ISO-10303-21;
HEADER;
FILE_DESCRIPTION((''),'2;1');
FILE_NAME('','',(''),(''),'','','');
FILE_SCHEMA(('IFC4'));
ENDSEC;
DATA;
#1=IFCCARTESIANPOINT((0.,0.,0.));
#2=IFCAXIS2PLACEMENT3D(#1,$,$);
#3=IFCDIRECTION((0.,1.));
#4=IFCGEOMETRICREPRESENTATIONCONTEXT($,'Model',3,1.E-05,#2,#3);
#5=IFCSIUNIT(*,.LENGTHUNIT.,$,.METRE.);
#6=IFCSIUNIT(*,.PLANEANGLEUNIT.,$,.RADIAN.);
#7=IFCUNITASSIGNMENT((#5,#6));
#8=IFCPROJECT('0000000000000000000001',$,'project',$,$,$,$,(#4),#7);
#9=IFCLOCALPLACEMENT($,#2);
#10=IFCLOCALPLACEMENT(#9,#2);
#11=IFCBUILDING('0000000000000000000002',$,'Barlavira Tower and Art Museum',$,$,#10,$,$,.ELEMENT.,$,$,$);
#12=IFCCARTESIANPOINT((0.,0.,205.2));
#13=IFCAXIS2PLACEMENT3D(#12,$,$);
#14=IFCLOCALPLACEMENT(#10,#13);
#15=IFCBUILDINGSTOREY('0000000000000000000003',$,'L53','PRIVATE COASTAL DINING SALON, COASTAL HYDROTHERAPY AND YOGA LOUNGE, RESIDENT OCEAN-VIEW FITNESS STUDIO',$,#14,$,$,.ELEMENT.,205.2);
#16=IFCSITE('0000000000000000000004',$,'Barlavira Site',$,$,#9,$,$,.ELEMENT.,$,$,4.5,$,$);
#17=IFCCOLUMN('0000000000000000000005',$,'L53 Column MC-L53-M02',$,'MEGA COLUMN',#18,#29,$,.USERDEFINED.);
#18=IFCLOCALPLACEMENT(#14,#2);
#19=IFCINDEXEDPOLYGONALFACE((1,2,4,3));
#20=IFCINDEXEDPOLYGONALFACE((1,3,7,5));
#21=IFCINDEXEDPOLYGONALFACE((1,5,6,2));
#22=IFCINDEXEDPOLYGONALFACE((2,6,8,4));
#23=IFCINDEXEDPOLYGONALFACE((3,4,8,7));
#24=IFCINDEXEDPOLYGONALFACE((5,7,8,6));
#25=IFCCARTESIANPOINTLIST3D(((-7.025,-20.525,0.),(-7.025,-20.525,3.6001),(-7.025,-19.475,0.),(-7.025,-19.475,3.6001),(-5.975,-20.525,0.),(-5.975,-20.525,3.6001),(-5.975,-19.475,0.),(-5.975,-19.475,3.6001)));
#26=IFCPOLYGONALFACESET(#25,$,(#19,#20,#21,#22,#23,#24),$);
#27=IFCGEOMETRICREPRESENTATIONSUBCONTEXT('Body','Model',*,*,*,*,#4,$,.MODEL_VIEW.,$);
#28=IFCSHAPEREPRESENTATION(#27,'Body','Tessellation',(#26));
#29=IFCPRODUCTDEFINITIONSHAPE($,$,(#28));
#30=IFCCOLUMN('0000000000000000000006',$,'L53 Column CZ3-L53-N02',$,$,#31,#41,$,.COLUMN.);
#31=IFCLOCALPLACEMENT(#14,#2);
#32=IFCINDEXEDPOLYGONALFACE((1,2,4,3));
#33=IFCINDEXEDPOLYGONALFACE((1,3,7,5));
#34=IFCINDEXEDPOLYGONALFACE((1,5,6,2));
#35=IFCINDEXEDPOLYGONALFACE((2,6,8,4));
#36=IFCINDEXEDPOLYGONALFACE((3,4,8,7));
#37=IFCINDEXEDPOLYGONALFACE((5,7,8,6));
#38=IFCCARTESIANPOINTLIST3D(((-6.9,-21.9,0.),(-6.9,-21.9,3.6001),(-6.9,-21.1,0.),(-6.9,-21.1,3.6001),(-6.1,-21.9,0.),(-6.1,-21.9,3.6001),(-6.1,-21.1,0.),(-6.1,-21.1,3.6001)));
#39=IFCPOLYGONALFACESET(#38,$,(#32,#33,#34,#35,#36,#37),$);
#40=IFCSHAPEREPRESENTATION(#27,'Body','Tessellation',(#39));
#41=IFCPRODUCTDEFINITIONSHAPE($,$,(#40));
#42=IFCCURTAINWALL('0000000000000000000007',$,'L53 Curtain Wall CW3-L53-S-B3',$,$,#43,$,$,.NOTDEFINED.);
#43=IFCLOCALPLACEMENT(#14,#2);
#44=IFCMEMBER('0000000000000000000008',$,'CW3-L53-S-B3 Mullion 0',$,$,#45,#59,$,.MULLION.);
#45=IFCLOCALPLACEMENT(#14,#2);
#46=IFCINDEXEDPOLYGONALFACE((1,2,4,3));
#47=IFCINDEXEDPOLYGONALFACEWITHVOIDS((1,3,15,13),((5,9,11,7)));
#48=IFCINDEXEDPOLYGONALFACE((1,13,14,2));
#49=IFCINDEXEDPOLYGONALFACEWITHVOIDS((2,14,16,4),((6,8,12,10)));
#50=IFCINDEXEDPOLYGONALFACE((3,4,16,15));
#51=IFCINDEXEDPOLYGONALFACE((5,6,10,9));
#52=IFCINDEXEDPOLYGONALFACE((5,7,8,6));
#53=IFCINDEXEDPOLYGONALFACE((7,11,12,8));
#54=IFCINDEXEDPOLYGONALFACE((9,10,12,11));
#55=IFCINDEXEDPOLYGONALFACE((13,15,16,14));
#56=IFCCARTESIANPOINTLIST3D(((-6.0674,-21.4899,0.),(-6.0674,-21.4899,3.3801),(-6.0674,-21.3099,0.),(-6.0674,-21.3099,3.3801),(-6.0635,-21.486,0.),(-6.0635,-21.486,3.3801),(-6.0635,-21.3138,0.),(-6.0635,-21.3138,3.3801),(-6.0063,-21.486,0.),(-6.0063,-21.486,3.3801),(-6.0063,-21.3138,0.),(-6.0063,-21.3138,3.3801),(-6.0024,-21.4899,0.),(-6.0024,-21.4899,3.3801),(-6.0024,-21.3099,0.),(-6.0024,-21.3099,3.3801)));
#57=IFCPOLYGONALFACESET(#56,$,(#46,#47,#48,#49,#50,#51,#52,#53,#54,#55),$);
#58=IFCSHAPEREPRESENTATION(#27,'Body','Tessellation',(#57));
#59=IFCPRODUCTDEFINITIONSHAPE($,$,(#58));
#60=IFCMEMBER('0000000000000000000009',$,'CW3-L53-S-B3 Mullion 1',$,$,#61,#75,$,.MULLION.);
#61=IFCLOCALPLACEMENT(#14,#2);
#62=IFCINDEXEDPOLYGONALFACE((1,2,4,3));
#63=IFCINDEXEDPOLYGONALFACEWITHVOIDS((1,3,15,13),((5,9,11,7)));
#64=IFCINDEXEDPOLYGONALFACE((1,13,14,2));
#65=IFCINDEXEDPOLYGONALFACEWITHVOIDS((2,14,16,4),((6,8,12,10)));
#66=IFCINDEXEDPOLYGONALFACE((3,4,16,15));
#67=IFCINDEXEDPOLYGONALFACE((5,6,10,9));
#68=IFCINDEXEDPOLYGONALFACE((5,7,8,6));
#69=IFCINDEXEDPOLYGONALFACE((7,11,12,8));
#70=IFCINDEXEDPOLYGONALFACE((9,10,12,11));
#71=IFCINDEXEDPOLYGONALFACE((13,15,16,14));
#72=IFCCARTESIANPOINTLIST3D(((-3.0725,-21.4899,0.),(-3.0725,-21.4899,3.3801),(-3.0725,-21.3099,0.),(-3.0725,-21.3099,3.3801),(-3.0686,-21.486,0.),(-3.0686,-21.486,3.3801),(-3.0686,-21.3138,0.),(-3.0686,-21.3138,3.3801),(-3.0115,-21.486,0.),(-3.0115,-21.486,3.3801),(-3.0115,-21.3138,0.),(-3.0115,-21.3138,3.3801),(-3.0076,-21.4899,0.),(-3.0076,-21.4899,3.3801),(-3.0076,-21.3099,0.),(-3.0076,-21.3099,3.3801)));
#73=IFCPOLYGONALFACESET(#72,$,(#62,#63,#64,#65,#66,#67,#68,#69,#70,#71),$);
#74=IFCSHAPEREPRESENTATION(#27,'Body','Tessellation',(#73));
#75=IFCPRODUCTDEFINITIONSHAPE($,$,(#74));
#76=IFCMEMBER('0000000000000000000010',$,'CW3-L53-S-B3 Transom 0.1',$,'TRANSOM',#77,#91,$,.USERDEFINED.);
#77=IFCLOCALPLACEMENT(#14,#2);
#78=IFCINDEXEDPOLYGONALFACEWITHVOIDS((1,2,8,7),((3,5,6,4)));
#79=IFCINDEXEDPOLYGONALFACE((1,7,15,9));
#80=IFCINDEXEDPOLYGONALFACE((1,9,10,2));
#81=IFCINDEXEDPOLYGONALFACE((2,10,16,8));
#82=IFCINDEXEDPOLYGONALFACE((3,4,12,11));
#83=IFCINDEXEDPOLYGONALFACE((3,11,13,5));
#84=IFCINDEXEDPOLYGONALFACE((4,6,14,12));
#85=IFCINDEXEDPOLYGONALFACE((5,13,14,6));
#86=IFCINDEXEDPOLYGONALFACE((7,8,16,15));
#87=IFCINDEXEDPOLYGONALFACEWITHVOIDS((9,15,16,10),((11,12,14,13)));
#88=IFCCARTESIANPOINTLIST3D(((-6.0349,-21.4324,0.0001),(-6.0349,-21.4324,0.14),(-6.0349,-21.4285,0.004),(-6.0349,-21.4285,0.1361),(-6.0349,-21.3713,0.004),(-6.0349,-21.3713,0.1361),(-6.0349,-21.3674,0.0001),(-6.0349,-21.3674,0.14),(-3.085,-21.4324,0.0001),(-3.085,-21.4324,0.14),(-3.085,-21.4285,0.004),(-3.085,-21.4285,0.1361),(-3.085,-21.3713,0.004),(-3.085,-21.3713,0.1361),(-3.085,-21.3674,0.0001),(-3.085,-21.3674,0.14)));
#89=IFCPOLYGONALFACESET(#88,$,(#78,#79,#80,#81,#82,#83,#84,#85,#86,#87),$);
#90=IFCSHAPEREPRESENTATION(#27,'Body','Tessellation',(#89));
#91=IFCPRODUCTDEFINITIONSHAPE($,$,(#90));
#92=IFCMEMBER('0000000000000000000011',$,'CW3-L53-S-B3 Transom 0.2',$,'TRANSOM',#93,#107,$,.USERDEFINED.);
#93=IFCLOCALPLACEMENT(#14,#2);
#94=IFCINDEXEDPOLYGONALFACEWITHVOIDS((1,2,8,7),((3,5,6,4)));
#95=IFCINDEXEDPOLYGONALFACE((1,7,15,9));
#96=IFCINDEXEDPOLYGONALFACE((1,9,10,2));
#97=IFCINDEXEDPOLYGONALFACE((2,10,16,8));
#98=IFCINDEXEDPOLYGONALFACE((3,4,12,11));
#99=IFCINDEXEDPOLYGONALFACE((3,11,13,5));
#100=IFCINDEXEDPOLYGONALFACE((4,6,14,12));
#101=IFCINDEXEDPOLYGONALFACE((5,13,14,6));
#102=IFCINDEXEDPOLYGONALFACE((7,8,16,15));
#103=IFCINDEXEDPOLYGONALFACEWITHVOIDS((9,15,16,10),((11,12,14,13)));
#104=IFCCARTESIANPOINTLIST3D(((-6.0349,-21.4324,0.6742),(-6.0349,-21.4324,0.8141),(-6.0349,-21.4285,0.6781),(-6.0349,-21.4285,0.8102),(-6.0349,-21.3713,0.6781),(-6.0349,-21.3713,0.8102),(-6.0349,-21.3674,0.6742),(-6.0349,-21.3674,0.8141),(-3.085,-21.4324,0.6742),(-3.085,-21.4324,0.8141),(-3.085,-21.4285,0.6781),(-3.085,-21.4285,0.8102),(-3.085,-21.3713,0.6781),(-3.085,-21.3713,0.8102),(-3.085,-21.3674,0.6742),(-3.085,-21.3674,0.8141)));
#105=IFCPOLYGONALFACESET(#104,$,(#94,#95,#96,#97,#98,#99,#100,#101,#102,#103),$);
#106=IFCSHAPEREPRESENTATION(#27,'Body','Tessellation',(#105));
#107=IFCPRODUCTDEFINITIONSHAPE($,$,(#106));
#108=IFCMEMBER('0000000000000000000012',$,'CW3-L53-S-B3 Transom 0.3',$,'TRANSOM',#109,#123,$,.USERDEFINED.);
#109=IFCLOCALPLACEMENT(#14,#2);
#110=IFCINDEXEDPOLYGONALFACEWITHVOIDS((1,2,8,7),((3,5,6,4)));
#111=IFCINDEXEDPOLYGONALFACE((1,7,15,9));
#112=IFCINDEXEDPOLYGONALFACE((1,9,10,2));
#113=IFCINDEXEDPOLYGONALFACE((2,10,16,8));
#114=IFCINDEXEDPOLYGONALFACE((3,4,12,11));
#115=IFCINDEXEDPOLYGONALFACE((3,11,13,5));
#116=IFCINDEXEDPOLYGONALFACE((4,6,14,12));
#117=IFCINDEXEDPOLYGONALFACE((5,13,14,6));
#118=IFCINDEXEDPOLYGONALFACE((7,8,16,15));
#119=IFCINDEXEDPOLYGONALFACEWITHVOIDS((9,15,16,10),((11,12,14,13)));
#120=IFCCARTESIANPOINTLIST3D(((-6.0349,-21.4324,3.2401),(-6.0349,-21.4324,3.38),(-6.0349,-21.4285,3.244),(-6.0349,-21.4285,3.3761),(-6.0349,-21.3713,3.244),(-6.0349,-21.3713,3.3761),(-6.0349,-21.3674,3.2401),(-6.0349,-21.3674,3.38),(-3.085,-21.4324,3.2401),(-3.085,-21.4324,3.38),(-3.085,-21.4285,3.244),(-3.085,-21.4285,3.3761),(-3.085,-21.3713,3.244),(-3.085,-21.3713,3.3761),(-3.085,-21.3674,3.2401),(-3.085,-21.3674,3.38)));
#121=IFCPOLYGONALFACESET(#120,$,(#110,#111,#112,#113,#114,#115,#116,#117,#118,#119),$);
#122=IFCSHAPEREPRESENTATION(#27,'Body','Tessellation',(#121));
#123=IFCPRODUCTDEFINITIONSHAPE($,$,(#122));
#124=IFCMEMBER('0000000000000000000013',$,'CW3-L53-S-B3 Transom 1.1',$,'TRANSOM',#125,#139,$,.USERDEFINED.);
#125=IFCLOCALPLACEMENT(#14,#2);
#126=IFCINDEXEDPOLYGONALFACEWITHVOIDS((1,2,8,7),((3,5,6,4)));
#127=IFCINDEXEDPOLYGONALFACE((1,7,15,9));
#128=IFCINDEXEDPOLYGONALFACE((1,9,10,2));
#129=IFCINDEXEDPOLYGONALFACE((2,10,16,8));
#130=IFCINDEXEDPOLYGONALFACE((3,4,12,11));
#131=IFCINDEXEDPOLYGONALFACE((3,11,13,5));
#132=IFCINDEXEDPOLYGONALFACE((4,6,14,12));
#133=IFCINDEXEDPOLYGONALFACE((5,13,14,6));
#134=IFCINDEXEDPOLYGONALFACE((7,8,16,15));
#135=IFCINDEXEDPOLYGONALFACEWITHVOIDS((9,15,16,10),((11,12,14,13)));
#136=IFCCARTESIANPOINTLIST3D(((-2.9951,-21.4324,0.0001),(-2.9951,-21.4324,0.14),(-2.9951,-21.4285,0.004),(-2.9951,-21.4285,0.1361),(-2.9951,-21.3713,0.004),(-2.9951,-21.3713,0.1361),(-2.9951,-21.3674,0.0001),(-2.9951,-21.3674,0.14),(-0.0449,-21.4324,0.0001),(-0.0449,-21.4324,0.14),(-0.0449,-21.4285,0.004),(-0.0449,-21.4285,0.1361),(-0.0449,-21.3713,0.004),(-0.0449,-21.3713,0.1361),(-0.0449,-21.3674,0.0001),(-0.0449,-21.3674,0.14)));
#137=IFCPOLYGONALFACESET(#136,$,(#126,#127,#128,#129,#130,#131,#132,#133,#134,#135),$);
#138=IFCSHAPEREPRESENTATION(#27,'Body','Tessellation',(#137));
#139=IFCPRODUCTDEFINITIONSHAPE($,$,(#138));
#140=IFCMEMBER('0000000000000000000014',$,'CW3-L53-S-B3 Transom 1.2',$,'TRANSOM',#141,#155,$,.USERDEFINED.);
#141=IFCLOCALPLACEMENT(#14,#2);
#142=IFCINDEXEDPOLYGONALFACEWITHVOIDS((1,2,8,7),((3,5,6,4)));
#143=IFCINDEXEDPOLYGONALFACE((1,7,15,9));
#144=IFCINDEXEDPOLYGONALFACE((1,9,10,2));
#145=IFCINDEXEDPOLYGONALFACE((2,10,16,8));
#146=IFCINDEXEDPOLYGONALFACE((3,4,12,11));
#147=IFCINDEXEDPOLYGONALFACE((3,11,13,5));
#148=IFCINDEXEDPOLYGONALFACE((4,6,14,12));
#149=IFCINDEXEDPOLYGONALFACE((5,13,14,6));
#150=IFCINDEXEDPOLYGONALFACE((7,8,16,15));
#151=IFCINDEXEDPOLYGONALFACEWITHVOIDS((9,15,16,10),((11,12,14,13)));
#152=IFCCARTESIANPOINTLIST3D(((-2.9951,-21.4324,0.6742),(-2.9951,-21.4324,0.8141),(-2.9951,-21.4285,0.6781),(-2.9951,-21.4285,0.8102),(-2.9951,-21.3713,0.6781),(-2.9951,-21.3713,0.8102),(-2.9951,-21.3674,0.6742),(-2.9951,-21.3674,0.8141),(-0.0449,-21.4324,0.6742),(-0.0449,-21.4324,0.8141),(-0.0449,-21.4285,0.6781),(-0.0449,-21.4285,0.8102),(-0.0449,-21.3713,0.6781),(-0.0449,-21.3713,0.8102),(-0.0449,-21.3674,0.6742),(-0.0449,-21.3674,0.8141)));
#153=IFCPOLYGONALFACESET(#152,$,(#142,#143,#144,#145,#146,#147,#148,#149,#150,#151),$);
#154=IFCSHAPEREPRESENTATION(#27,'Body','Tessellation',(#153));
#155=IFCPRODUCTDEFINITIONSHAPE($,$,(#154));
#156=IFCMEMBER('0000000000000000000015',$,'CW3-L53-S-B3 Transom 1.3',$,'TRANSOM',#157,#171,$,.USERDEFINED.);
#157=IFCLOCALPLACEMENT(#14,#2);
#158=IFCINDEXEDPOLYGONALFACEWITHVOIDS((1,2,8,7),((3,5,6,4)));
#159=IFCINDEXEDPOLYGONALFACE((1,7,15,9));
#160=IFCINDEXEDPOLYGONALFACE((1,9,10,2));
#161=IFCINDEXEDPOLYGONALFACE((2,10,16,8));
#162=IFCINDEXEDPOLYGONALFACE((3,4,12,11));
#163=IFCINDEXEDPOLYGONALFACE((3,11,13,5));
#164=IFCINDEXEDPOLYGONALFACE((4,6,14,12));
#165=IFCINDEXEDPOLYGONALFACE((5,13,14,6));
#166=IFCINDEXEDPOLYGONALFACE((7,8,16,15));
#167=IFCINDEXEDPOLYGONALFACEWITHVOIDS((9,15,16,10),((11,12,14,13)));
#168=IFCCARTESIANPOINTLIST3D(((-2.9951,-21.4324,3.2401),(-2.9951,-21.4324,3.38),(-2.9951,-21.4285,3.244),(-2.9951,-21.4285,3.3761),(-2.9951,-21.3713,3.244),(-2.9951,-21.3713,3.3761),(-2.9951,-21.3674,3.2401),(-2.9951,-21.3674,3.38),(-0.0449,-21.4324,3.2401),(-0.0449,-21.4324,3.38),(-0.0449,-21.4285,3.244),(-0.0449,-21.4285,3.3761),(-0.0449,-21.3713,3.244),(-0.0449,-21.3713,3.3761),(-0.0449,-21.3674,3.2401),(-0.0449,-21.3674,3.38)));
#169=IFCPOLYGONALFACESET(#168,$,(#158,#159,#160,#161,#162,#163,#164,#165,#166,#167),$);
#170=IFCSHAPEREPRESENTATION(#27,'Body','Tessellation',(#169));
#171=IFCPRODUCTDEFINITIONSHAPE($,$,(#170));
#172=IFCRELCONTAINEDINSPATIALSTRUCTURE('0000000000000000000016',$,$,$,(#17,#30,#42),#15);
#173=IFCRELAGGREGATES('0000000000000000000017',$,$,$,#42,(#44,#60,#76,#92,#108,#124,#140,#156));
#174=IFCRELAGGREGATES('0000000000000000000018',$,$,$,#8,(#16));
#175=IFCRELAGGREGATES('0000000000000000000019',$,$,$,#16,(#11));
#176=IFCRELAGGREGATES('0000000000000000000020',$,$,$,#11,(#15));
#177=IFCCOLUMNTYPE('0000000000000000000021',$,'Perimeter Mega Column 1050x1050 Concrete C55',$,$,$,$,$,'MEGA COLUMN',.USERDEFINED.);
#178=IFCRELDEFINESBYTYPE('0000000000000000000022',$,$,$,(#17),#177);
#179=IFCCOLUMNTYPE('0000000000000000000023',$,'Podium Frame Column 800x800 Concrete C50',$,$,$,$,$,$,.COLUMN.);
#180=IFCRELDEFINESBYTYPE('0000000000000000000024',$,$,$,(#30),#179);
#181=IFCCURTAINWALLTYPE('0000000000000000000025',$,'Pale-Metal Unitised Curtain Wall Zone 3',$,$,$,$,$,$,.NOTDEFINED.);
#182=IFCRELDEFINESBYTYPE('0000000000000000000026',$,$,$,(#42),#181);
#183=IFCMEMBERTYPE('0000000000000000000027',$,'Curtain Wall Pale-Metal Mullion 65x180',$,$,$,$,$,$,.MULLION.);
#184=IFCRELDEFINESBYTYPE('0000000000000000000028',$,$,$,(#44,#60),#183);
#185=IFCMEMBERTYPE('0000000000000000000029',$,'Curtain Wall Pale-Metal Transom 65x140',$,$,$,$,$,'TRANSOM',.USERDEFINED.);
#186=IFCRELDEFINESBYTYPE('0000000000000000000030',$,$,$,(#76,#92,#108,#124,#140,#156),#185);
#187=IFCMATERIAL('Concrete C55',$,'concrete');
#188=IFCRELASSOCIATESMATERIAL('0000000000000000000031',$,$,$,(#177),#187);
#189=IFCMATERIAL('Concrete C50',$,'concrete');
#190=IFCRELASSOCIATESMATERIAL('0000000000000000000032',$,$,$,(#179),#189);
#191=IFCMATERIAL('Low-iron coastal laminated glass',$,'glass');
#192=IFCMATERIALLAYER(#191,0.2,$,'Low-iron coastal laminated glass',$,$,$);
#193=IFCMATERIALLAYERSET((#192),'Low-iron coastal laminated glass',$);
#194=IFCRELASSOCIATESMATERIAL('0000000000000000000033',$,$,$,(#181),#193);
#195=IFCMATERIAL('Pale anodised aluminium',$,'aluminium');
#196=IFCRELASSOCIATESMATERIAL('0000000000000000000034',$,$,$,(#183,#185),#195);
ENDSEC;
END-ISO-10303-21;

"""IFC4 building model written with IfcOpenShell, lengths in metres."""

from ifc_helpers import new_model, si_unit, direction, frame, origin, origin_2d, place, context, subcontext, project, spatial, rectangle, hollow_rectangle, extrude, material, layer, layer_set, material_profile, profile_set, type_object, element, aggregate, save


model = new_model("IFC4")

# Units and contexts
model_context = context("Model", 3, precision=1e-05, world=origin(), true_north=direction((0.0, 1.0)))
body_context = subcontext(model_context, "Body", "Model", "MODEL_VIEW")
ifc_project = project(units=[si_unit("LENGTHUNIT", "METRE"), si_unit("PLANEANGLEUNIT", "RADIAN")], contexts=[model_context])

# Site, building, storey
site_placement = place(None, origin())
site = spatial("IfcSite", under=ifc_project, at=site_placement, Name="Barlavira Site", CompositionType="ELEMENT", RefElevation=4.5)
building_placement = place(site_placement, origin())
building = spatial("IfcBuilding", under=site, at=building_placement, Name="Barlavira Tower and Art Museum", CompositionType="ELEMENT")
storey_placement = place(building_placement, frame((0.0, 0.0, 205.2)))
storey = spatial("IfcBuildingStorey", under=building, at=storey_placement, Name="L53", Description="PRIVATE COASTAL DINING SALON, COASTAL HYDROTHERAPY AND YOGA LOUNGE, RESIDENT OCEAN-VIEW FITNESS STUDIO", CompositionType="ELEMENT", Elevation=205.2)

# Columns
ifc_material_1 = material(Name="Concrete C55", Category="concrete")
ifc_material_profile_1 = material_profile(ifc_material_1, rectangle(XDim=1.05, YDim=1.05, at=origin_2d()), Name="RC-COL 1050x1050")
ifc_profile_set_1 = profile_set([ifc_material_profile_1], Name="Concrete C55")
column_type_1 = type_object("IfcColumnType", Name="Perimeter Mega Column 1050x1050 Concrete C55", ElementType="MEGA COLUMN", PredefinedType="USERDEFINED", material=ifc_profile_set_1)
column_1_placement = place(storey_placement, frame((-6.5, -20.0, 0.0), z_axis=(0.0, 0.0, 1.0), x_axis=(1.0, 0.0, 0.0)))
element("IfcColumn", 1, at=column_1_placement, inside=storey, type_object=column_type_1, Name="L53 Column MC-L53-M02", ObjectType="MEGA COLUMN", PredefinedType="USERDEFINED", context=body_context, shape_type="SweptSolid", body=[
    extrude(rectangle(XDim=1.05, YDim=1.05, at=origin_2d()), origin(), (0.0, 0.0, 1.0), 3.6001),
])
ifc_material_2 = material(Name="Concrete C50", Category="concrete")
ifc_material_profile_2 = material_profile(ifc_material_2, rectangle(XDim=0.8, YDim=0.8, at=origin_2d()), Name="RC-COL 800x800")
ifc_profile_set_2 = profile_set([ifc_material_profile_2], Name="Concrete C50")
column_type_2 = type_object("IfcColumnType", Name="Podium Frame Column 800x800 Concrete C50", PredefinedType="COLUMN", material=ifc_profile_set_2)
column_2_placement = place(storey_placement, frame((-6.5, -21.5, 0.0), z_axis=(0.0, 0.0, 1.0), x_axis=(1.0, 0.0, 0.0)))
element("IfcColumn", 2, at=column_2_placement, inside=storey, type_object=column_type_2, Name="L53 Column CZ3-L53-N02", PredefinedType="COLUMN", context=body_context, shape_type="SweptSolid", body=[
    extrude(rectangle(XDim=0.8, YDim=0.8, at=origin_2d()), origin(), (0.0, 0.0, 1.0), 3.6001),
])

# Curtain wall, members
ifc_material_3 = material(Name="Low-iron coastal laminated glass", Category="glass")
ifc_layer_1 = layer(ifc_material_3, 0.2, Name="Low-iron coastal laminated glass")
ifc_layer_set_1 = layer_set([ifc_layer_1], Name="Low-iron coastal laminated glass")
curtain_wall_type = type_object("IfcCurtainWallType", Name="Pale-Metal Unitised Curtain Wall Zone 3", PredefinedType="NOTDEFINED", material=ifc_layer_set_1)
curtain_wall_placement = place(storey_placement, origin())
curtain_wall = element("IfcCurtainWall", 3, at=curtain_wall_placement, inside=storey, type_object=curtain_wall_type, Name="L53 Curtain Wall CW3-L53-S-B3", PredefinedType="NOTDEFINED")
ifc_material_4 = material(Name="Pale anodised aluminium", Category="aluminium")
ifc_material_profile_3 = material_profile(ifc_material_4, hollow_rectangle(XDim=0.0649, YDim=0.1799, WallThickness=0.0039, at=origin_2d()), Name="ALU-MULL 65x180x4")
ifc_profile_set_3 = profile_set([ifc_material_profile_3], Name="Pale anodised aluminium")
member_type_1 = type_object("IfcMemberType", Name="Curtain Wall Pale-Metal Mullion 65x180", PredefinedType="MULLION", material=ifc_profile_set_3)
member_1_placement = place(storey_placement, frame((-6.0349, -21.3999, 0.0), z_axis=(0.0, 0.0, 1.0), x_axis=(1.0, 0.0, 0.0)))
member_1 = element("IfcMember", 4, at=member_1_placement, type_object=member_type_1, Name="CW3-L53-S-B3 Mullion 0", PredefinedType="MULLION", context=body_context, shape_type="SweptSolid", body=[
    extrude(hollow_rectangle(XDim=0.0649, YDim=0.1799, WallThickness=0.0039, at=origin_2d()), origin(), (0.0, 0.0, 1.0), 3.3801),
])
member_2_placement = place(storey_placement, frame((-3.04, -21.3999, 0.0), z_axis=(0.0, 0.0, 1.0), x_axis=(1.0, 0.0, 0.0)))
member_2 = element("IfcMember", 5, at=member_2_placement, type_object=member_type_1, Name="CW3-L53-S-B3 Mullion 1", PredefinedType="MULLION", context=body_context, shape_type="SweptSolid", body=[
    extrude(hollow_rectangle(XDim=0.0649, YDim=0.1799, WallThickness=0.0039, at=origin_2d()), origin(), (0.0, 0.0, 1.0), 3.3801),
])
ifc_material_profile_4 = material_profile(ifc_material_4, hollow_rectangle(XDim=0.0649, YDim=0.1399, WallThickness=0.0039, at=origin_2d()), Name="ALU-TRAN 65x140x4")
ifc_profile_set_4 = profile_set([ifc_material_profile_4], Name="Pale anodised aluminium")
member_type_2 = type_object("IfcMemberType", Name="Curtain Wall Pale-Metal Transom 65x140", ElementType="TRANSOM", PredefinedType="USERDEFINED", material=ifc_profile_set_4)
member_3_placement = place(storey_placement, frame((-6.0349, -21.3999, 0.0701), z_axis=(1.0, 0.0, 0.0), x_axis=(0.0, 1.0, 0.0)))
member_3 = element("IfcMember", 6, at=member_3_placement, type_object=member_type_2, Name="CW3-L53-S-B3 Transom 0.1", ObjectType="TRANSOM", PredefinedType="USERDEFINED", context=body_context, shape_type="SweptSolid", body=[
    extrude(hollow_rectangle(XDim=0.0649, YDim=0.1399, WallThickness=0.0039, at=origin_2d()), origin(), (0.0, 0.0, 1.0), 2.95),
])
member_4_placement = place(storey_placement, frame((-6.0349, -21.3999, 0.7441), z_axis=(1.0, 0.0, 0.0), x_axis=(0.0, 1.0, 0.0)))
member_4 = element("IfcMember", 7, at=member_4_placement, type_object=member_type_2, Name="CW3-L53-S-B3 Transom 0.2", ObjectType="TRANSOM", PredefinedType="USERDEFINED", context=body_context, shape_type="SweptSolid", body=[
    extrude(hollow_rectangle(XDim=0.0649, YDim=0.1399, WallThickness=0.0039, at=origin_2d()), origin(), (0.0, 0.0, 1.0), 2.95),
])
member_5_placement = place(storey_placement, frame((-6.0349, -21.3999, 3.3101), z_axis=(1.0, 0.0, 0.0), x_axis=(0.0, 1.0, 0.0)))
member_5 = element("IfcMember", 8, at=member_5_placement, type_object=member_type_2, Name="CW3-L53-S-B3 Transom 0.3", ObjectType="TRANSOM", PredefinedType="USERDEFINED", context=body_context, shape_type="SweptSolid", body=[
    extrude(hollow_rectangle(XDim=0.0649, YDim=0.1399, WallThickness=0.0039, at=origin_2d()), origin(), (0.0, 0.0, 1.0), 2.95),
])
member_6_placement = place(storey_placement, frame((-2.9951, -21.3999, 0.0701), z_axis=(1.0, 0.0, 0.0), x_axis=(0.0, 1.0, 0.0)))
member_6 = element("IfcMember", 9, at=member_6_placement, type_object=member_type_2, Name="CW3-L53-S-B3 Transom 1.1", ObjectType="TRANSOM", PredefinedType="USERDEFINED", context=body_context, shape_type="SweptSolid", body=[
    extrude(hollow_rectangle(XDim=0.0649, YDim=0.1399, WallThickness=0.0039, at=origin_2d()), origin(), (0.0, 0.0, 1.0), 2.9502),
])
member_7_placement = place(storey_placement, frame((-2.9951, -21.3999, 0.7441), z_axis=(1.0, 0.0, 0.0), x_axis=(0.0, 1.0, 0.0)))
member_7 = element("IfcMember", 10, at=member_7_placement, type_object=member_type_2, Name="CW3-L53-S-B3 Transom 1.2", ObjectType="TRANSOM", PredefinedType="USERDEFINED", context=body_context, shape_type="SweptSolid", body=[
    extrude(hollow_rectangle(XDim=0.0649, YDim=0.1399, WallThickness=0.0039, at=origin_2d()), origin(), (0.0, 0.0, 1.0), 2.9502),
])
member_8_placement = place(storey_placement, frame((-2.9951, -21.3999, 3.3101), z_axis=(1.0, 0.0, 0.0), x_axis=(0.0, 1.0, 0.0)))
member_8 = element("IfcMember", 11, at=member_8_placement, type_object=member_type_2, Name="CW3-L53-S-B3 Transom 1.3", ObjectType="TRANSOM", PredefinedType="USERDEFINED", context=body_context, shape_type="SweptSolid", body=[
    extrude(hollow_rectangle(XDim=0.0649, YDim=0.1399, WallThickness=0.0039, at=origin_2d()), origin(), (0.0, 0.0, 1.0), 2.9502),
])

aggregate(curtain_wall, [member_1, member_2, member_3, member_4, member_5, member_6, member_7, member_8])

save(model, "model.ifc")
